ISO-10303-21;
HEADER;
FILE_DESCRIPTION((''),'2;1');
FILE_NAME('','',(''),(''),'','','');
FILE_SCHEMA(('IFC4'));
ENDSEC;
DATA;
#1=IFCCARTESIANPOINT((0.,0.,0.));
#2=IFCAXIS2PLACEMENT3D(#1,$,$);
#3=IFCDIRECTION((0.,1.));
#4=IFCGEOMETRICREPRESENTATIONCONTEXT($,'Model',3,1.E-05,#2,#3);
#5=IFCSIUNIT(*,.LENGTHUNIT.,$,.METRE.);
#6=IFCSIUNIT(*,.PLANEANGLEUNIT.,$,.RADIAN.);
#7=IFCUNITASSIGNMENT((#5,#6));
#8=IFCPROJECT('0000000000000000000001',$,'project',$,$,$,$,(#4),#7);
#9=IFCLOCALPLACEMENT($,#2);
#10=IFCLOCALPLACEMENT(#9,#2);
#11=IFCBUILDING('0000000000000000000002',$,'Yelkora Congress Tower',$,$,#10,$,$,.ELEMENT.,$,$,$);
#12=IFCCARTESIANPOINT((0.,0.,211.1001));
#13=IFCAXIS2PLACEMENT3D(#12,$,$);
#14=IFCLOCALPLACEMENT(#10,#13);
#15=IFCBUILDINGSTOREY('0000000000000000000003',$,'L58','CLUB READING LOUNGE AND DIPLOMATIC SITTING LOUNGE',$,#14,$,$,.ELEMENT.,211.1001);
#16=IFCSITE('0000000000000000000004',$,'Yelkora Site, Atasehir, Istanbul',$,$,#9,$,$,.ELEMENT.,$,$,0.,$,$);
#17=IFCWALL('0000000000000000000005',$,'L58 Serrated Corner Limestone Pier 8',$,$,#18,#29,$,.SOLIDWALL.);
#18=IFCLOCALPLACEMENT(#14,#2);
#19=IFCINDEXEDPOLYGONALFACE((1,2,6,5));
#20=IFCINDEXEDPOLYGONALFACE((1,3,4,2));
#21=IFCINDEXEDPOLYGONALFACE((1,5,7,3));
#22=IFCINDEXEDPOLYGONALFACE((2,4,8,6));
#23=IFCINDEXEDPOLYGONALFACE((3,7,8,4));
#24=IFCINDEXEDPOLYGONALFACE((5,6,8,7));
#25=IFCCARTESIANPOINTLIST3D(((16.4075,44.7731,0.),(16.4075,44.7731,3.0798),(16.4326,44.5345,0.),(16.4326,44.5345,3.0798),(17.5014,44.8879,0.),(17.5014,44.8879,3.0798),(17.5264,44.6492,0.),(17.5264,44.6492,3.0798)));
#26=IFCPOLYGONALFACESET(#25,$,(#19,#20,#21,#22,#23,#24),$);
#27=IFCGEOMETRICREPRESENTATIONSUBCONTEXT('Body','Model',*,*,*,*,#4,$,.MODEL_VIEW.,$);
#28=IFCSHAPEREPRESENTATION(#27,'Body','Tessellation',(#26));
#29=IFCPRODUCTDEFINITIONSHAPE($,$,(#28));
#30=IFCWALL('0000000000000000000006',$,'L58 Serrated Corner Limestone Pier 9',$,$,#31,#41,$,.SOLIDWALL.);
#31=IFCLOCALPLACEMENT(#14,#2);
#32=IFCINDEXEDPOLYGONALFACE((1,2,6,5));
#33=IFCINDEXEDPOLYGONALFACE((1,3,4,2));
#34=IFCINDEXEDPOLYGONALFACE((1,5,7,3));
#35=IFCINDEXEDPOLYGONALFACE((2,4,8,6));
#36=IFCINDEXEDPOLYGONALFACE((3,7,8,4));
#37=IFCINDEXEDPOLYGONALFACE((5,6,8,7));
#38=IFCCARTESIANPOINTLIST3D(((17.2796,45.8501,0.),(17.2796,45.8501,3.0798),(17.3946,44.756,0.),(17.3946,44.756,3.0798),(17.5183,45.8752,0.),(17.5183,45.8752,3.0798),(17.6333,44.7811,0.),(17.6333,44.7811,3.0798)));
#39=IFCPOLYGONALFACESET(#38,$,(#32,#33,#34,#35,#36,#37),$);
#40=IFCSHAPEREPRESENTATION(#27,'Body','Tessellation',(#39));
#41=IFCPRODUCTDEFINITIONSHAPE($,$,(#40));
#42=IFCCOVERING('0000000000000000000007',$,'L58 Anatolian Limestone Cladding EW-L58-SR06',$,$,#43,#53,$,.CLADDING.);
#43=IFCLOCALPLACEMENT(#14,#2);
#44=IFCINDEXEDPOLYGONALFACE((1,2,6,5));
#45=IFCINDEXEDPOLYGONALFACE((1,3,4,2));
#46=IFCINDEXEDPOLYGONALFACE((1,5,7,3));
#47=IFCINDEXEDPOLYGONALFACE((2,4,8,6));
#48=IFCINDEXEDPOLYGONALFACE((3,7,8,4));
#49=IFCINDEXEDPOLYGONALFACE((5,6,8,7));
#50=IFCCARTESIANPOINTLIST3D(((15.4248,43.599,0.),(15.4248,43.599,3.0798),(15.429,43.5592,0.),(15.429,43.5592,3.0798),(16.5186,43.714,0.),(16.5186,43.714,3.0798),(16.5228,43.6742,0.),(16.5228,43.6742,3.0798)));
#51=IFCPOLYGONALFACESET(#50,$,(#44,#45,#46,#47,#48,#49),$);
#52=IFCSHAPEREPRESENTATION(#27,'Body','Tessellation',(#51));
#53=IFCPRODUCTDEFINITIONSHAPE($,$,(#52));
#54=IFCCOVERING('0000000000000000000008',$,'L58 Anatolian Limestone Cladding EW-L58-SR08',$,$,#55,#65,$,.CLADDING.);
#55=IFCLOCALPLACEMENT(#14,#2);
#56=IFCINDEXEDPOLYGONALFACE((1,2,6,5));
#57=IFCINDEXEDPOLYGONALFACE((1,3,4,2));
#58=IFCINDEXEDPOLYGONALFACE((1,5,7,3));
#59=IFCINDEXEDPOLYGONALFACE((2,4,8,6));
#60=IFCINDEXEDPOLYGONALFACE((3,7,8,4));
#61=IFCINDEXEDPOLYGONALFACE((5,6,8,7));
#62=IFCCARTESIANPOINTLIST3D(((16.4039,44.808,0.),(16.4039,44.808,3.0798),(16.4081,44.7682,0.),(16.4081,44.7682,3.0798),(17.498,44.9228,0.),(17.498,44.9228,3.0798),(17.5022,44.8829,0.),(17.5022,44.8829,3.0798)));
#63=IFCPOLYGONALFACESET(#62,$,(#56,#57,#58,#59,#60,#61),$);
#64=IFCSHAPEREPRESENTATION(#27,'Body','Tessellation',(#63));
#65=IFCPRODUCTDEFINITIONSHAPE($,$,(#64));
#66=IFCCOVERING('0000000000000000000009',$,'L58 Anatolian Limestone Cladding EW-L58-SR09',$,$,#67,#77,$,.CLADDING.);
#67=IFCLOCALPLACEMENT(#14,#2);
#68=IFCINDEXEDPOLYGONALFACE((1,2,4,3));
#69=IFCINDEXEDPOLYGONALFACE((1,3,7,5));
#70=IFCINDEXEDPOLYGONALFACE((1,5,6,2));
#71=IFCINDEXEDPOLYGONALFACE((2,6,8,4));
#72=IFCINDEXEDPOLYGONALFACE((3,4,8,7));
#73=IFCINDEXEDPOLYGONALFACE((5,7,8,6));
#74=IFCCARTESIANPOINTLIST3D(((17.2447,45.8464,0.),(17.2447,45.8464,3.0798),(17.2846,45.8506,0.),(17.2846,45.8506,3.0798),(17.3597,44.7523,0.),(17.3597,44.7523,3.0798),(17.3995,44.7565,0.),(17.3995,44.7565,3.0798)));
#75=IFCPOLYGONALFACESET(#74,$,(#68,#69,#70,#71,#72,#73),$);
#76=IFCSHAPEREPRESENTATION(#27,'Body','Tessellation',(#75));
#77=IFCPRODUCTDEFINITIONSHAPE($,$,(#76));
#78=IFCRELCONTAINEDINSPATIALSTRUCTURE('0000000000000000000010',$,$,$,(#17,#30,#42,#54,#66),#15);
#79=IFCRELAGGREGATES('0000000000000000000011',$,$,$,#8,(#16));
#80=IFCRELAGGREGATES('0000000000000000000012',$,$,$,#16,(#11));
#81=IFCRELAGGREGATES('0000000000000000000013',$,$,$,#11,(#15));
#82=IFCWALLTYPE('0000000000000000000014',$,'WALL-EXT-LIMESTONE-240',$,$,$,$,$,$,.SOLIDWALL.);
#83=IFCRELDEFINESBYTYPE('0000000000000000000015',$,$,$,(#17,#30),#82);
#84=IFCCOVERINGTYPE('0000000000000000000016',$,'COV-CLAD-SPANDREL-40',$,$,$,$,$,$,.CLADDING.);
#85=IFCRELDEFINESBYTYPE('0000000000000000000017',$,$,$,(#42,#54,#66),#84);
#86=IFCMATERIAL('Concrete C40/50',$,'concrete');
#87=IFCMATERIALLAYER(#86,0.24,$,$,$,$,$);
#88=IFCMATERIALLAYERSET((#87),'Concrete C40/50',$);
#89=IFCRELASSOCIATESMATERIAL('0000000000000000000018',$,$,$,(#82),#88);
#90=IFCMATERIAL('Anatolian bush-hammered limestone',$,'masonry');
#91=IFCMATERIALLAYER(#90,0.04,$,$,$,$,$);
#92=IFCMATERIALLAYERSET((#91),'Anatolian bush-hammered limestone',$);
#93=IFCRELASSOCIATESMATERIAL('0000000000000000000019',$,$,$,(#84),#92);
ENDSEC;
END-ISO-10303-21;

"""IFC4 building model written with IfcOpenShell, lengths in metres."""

from ifc_helpers import new_model, si_unit, direction, frame, frame_2d, origin, place, context, subcontext, project, spatial, rectangle, extrude, material, layer, layer_set, type_object, element, save


model = new_model("IFC4")

# Units and contexts
model_context = context("Model", 3, precision=1e-05, world=origin(), true_north=direction((0.0, 1.0)))
body_context = subcontext(model_context, "Body", "Model", "MODEL_VIEW")
ifc_project = project(units=[si_unit("LENGTHUNIT", "METRE"), si_unit("PLANEANGLEUNIT", "RADIAN")], contexts=[model_context])

# Site, building, storey
site_placement = place(None, origin())
site = spatial("IfcSite", under=ifc_project, at=site_placement, Name="Yelkora Site, Atasehir, Istanbul", CompositionType="ELEMENT", RefElevation=0.0)
building_placement = place(site_placement, origin())
building = spatial("IfcBuilding", under=site, at=building_placement, Name="Yelkora Congress Tower", CompositionType="ELEMENT")
storey_placement = place(building_placement, frame((0.0, 0.0, 211.1001)))
storey = spatial("IfcBuildingStorey", under=building, at=storey_placement, Name="L58", Description="CLUB READING LOUNGE AND DIPLOMATIC SITTING LOUNGE", CompositionType="ELEMENT", Elevation=211.1001)

# Walls
ifc_material_1 = material(Name="Concrete C40/50", Category="concrete")
ifc_layer_1 = layer(ifc_material_1, 0.24)
ifc_layer_set_1 = layer_set([ifc_layer_1], Name="Concrete C40/50")
wall_type_1 = type_object("IfcWallType", Name="WALL-EXT-LIMESTONE-240", PredefinedType="SOLIDWALL", material=ifc_layer_set_1)
wall_1_placement = place(storey_placement, frame((16.4202, 44.6538, 0.0), z_axis=(0.0, 0.0, 1.0), x_axis=(0.994542, 0.104338, 0.0)))
element("IfcWall", 1, at=wall_1_placement, inside=storey, type_object=wall_type_1, Name="L58 Serrated Corner Limestone Pier 8", PredefinedType="SOLIDWALL", context=body_context, shape_type="SweptSolid", body=[
    extrude(rectangle(XDim=1.0999, YDim=0.24, at=frame_2d((0.5498, 0.0))), origin(), (0.0, 0.0, 1.0), 3.0798),
])
wall_2_placement = place(storey_placement, frame((17.5139, 44.7686, 0.0), z_axis=(0.0, 0.0, 1.0), x_axis=(-0.104535, 0.994521, 0.0)))
element("IfcWall", 2, at=wall_2_placement, inside=storey, type_object=wall_type_1, Name="L58 Serrated Corner Limestone Pier 9", PredefinedType="SOLIDWALL", context=body_context, shape_type="SweptSolid", body=[
    extrude(rectangle(XDim=1.1001, YDim=0.24, at=frame_2d((0.55, 0.0))), origin(), (0.0, 0.0, 1.0), 3.0798),
])

# Coverings
ifc_material_2 = material(Name="Anatolian bush-hammered limestone", Category="masonry")
ifc_layer_2 = layer(ifc_material_2, 0.04)
ifc_layer_set_2 = layer_set([ifc_layer_2], Name="Anatolian bush-hammered limestone")
covering_type = type_object("IfcCoveringType", Name="COV-CLAD-SPANDREL-40", PredefinedType="CLADDING", material=ifc_layer_set_2)
covering_placement = place(storey_placement, frame((15.427, 43.5791, 0.0), z_axis=(0.0, 0.0, 1.0), x_axis=(0.994519, 0.104558, 0.0)))
element("IfcCovering", 3, at=covering_placement, inside=storey, type_object=covering_type, Name="L58 Anatolian Limestone Cladding EW-L58-SR06", PredefinedType="CLADDING", context=body_context, shape_type="SweptSolid", body=[
    extrude(rectangle(XDim=1.0999, YDim=0.04, at=frame_2d((0.5498, 0.0))), origin(), (0.0, 0.0, 1.0), 3.0798),
])
for number, where, z_axis, x_axis, name in (
    (4, (16.406, 44.7881, 0.0), (0.0, 0.0, 1.0), (0.994544, 0.104315, 0.0), "L58 Anatolian Limestone Cladding EW-L58-SR08"),
    (5, (17.3796, 44.7544, 0.0), (0.0, 0.0, 1.0), (-0.104535, 0.994521, 0.0), "L58 Anatolian Limestone Cladding EW-L58-SR09"),
):
    element("IfcCovering", number, at=place(storey_placement, frame(where, z_axis=z_axis, x_axis=x_axis)), inside=storey, type_object=covering_type, Name=name, PredefinedType="CLADDING", context=body_context, shape_type="SweptSolid", body=[
        extrude(rectangle(XDim=1.1001, YDim=0.04, at=frame_2d((0.55, 0.0))), origin(), (0.0, 0.0, 1.0), 3.0798),
    ])

save(model, "model.ifc")
